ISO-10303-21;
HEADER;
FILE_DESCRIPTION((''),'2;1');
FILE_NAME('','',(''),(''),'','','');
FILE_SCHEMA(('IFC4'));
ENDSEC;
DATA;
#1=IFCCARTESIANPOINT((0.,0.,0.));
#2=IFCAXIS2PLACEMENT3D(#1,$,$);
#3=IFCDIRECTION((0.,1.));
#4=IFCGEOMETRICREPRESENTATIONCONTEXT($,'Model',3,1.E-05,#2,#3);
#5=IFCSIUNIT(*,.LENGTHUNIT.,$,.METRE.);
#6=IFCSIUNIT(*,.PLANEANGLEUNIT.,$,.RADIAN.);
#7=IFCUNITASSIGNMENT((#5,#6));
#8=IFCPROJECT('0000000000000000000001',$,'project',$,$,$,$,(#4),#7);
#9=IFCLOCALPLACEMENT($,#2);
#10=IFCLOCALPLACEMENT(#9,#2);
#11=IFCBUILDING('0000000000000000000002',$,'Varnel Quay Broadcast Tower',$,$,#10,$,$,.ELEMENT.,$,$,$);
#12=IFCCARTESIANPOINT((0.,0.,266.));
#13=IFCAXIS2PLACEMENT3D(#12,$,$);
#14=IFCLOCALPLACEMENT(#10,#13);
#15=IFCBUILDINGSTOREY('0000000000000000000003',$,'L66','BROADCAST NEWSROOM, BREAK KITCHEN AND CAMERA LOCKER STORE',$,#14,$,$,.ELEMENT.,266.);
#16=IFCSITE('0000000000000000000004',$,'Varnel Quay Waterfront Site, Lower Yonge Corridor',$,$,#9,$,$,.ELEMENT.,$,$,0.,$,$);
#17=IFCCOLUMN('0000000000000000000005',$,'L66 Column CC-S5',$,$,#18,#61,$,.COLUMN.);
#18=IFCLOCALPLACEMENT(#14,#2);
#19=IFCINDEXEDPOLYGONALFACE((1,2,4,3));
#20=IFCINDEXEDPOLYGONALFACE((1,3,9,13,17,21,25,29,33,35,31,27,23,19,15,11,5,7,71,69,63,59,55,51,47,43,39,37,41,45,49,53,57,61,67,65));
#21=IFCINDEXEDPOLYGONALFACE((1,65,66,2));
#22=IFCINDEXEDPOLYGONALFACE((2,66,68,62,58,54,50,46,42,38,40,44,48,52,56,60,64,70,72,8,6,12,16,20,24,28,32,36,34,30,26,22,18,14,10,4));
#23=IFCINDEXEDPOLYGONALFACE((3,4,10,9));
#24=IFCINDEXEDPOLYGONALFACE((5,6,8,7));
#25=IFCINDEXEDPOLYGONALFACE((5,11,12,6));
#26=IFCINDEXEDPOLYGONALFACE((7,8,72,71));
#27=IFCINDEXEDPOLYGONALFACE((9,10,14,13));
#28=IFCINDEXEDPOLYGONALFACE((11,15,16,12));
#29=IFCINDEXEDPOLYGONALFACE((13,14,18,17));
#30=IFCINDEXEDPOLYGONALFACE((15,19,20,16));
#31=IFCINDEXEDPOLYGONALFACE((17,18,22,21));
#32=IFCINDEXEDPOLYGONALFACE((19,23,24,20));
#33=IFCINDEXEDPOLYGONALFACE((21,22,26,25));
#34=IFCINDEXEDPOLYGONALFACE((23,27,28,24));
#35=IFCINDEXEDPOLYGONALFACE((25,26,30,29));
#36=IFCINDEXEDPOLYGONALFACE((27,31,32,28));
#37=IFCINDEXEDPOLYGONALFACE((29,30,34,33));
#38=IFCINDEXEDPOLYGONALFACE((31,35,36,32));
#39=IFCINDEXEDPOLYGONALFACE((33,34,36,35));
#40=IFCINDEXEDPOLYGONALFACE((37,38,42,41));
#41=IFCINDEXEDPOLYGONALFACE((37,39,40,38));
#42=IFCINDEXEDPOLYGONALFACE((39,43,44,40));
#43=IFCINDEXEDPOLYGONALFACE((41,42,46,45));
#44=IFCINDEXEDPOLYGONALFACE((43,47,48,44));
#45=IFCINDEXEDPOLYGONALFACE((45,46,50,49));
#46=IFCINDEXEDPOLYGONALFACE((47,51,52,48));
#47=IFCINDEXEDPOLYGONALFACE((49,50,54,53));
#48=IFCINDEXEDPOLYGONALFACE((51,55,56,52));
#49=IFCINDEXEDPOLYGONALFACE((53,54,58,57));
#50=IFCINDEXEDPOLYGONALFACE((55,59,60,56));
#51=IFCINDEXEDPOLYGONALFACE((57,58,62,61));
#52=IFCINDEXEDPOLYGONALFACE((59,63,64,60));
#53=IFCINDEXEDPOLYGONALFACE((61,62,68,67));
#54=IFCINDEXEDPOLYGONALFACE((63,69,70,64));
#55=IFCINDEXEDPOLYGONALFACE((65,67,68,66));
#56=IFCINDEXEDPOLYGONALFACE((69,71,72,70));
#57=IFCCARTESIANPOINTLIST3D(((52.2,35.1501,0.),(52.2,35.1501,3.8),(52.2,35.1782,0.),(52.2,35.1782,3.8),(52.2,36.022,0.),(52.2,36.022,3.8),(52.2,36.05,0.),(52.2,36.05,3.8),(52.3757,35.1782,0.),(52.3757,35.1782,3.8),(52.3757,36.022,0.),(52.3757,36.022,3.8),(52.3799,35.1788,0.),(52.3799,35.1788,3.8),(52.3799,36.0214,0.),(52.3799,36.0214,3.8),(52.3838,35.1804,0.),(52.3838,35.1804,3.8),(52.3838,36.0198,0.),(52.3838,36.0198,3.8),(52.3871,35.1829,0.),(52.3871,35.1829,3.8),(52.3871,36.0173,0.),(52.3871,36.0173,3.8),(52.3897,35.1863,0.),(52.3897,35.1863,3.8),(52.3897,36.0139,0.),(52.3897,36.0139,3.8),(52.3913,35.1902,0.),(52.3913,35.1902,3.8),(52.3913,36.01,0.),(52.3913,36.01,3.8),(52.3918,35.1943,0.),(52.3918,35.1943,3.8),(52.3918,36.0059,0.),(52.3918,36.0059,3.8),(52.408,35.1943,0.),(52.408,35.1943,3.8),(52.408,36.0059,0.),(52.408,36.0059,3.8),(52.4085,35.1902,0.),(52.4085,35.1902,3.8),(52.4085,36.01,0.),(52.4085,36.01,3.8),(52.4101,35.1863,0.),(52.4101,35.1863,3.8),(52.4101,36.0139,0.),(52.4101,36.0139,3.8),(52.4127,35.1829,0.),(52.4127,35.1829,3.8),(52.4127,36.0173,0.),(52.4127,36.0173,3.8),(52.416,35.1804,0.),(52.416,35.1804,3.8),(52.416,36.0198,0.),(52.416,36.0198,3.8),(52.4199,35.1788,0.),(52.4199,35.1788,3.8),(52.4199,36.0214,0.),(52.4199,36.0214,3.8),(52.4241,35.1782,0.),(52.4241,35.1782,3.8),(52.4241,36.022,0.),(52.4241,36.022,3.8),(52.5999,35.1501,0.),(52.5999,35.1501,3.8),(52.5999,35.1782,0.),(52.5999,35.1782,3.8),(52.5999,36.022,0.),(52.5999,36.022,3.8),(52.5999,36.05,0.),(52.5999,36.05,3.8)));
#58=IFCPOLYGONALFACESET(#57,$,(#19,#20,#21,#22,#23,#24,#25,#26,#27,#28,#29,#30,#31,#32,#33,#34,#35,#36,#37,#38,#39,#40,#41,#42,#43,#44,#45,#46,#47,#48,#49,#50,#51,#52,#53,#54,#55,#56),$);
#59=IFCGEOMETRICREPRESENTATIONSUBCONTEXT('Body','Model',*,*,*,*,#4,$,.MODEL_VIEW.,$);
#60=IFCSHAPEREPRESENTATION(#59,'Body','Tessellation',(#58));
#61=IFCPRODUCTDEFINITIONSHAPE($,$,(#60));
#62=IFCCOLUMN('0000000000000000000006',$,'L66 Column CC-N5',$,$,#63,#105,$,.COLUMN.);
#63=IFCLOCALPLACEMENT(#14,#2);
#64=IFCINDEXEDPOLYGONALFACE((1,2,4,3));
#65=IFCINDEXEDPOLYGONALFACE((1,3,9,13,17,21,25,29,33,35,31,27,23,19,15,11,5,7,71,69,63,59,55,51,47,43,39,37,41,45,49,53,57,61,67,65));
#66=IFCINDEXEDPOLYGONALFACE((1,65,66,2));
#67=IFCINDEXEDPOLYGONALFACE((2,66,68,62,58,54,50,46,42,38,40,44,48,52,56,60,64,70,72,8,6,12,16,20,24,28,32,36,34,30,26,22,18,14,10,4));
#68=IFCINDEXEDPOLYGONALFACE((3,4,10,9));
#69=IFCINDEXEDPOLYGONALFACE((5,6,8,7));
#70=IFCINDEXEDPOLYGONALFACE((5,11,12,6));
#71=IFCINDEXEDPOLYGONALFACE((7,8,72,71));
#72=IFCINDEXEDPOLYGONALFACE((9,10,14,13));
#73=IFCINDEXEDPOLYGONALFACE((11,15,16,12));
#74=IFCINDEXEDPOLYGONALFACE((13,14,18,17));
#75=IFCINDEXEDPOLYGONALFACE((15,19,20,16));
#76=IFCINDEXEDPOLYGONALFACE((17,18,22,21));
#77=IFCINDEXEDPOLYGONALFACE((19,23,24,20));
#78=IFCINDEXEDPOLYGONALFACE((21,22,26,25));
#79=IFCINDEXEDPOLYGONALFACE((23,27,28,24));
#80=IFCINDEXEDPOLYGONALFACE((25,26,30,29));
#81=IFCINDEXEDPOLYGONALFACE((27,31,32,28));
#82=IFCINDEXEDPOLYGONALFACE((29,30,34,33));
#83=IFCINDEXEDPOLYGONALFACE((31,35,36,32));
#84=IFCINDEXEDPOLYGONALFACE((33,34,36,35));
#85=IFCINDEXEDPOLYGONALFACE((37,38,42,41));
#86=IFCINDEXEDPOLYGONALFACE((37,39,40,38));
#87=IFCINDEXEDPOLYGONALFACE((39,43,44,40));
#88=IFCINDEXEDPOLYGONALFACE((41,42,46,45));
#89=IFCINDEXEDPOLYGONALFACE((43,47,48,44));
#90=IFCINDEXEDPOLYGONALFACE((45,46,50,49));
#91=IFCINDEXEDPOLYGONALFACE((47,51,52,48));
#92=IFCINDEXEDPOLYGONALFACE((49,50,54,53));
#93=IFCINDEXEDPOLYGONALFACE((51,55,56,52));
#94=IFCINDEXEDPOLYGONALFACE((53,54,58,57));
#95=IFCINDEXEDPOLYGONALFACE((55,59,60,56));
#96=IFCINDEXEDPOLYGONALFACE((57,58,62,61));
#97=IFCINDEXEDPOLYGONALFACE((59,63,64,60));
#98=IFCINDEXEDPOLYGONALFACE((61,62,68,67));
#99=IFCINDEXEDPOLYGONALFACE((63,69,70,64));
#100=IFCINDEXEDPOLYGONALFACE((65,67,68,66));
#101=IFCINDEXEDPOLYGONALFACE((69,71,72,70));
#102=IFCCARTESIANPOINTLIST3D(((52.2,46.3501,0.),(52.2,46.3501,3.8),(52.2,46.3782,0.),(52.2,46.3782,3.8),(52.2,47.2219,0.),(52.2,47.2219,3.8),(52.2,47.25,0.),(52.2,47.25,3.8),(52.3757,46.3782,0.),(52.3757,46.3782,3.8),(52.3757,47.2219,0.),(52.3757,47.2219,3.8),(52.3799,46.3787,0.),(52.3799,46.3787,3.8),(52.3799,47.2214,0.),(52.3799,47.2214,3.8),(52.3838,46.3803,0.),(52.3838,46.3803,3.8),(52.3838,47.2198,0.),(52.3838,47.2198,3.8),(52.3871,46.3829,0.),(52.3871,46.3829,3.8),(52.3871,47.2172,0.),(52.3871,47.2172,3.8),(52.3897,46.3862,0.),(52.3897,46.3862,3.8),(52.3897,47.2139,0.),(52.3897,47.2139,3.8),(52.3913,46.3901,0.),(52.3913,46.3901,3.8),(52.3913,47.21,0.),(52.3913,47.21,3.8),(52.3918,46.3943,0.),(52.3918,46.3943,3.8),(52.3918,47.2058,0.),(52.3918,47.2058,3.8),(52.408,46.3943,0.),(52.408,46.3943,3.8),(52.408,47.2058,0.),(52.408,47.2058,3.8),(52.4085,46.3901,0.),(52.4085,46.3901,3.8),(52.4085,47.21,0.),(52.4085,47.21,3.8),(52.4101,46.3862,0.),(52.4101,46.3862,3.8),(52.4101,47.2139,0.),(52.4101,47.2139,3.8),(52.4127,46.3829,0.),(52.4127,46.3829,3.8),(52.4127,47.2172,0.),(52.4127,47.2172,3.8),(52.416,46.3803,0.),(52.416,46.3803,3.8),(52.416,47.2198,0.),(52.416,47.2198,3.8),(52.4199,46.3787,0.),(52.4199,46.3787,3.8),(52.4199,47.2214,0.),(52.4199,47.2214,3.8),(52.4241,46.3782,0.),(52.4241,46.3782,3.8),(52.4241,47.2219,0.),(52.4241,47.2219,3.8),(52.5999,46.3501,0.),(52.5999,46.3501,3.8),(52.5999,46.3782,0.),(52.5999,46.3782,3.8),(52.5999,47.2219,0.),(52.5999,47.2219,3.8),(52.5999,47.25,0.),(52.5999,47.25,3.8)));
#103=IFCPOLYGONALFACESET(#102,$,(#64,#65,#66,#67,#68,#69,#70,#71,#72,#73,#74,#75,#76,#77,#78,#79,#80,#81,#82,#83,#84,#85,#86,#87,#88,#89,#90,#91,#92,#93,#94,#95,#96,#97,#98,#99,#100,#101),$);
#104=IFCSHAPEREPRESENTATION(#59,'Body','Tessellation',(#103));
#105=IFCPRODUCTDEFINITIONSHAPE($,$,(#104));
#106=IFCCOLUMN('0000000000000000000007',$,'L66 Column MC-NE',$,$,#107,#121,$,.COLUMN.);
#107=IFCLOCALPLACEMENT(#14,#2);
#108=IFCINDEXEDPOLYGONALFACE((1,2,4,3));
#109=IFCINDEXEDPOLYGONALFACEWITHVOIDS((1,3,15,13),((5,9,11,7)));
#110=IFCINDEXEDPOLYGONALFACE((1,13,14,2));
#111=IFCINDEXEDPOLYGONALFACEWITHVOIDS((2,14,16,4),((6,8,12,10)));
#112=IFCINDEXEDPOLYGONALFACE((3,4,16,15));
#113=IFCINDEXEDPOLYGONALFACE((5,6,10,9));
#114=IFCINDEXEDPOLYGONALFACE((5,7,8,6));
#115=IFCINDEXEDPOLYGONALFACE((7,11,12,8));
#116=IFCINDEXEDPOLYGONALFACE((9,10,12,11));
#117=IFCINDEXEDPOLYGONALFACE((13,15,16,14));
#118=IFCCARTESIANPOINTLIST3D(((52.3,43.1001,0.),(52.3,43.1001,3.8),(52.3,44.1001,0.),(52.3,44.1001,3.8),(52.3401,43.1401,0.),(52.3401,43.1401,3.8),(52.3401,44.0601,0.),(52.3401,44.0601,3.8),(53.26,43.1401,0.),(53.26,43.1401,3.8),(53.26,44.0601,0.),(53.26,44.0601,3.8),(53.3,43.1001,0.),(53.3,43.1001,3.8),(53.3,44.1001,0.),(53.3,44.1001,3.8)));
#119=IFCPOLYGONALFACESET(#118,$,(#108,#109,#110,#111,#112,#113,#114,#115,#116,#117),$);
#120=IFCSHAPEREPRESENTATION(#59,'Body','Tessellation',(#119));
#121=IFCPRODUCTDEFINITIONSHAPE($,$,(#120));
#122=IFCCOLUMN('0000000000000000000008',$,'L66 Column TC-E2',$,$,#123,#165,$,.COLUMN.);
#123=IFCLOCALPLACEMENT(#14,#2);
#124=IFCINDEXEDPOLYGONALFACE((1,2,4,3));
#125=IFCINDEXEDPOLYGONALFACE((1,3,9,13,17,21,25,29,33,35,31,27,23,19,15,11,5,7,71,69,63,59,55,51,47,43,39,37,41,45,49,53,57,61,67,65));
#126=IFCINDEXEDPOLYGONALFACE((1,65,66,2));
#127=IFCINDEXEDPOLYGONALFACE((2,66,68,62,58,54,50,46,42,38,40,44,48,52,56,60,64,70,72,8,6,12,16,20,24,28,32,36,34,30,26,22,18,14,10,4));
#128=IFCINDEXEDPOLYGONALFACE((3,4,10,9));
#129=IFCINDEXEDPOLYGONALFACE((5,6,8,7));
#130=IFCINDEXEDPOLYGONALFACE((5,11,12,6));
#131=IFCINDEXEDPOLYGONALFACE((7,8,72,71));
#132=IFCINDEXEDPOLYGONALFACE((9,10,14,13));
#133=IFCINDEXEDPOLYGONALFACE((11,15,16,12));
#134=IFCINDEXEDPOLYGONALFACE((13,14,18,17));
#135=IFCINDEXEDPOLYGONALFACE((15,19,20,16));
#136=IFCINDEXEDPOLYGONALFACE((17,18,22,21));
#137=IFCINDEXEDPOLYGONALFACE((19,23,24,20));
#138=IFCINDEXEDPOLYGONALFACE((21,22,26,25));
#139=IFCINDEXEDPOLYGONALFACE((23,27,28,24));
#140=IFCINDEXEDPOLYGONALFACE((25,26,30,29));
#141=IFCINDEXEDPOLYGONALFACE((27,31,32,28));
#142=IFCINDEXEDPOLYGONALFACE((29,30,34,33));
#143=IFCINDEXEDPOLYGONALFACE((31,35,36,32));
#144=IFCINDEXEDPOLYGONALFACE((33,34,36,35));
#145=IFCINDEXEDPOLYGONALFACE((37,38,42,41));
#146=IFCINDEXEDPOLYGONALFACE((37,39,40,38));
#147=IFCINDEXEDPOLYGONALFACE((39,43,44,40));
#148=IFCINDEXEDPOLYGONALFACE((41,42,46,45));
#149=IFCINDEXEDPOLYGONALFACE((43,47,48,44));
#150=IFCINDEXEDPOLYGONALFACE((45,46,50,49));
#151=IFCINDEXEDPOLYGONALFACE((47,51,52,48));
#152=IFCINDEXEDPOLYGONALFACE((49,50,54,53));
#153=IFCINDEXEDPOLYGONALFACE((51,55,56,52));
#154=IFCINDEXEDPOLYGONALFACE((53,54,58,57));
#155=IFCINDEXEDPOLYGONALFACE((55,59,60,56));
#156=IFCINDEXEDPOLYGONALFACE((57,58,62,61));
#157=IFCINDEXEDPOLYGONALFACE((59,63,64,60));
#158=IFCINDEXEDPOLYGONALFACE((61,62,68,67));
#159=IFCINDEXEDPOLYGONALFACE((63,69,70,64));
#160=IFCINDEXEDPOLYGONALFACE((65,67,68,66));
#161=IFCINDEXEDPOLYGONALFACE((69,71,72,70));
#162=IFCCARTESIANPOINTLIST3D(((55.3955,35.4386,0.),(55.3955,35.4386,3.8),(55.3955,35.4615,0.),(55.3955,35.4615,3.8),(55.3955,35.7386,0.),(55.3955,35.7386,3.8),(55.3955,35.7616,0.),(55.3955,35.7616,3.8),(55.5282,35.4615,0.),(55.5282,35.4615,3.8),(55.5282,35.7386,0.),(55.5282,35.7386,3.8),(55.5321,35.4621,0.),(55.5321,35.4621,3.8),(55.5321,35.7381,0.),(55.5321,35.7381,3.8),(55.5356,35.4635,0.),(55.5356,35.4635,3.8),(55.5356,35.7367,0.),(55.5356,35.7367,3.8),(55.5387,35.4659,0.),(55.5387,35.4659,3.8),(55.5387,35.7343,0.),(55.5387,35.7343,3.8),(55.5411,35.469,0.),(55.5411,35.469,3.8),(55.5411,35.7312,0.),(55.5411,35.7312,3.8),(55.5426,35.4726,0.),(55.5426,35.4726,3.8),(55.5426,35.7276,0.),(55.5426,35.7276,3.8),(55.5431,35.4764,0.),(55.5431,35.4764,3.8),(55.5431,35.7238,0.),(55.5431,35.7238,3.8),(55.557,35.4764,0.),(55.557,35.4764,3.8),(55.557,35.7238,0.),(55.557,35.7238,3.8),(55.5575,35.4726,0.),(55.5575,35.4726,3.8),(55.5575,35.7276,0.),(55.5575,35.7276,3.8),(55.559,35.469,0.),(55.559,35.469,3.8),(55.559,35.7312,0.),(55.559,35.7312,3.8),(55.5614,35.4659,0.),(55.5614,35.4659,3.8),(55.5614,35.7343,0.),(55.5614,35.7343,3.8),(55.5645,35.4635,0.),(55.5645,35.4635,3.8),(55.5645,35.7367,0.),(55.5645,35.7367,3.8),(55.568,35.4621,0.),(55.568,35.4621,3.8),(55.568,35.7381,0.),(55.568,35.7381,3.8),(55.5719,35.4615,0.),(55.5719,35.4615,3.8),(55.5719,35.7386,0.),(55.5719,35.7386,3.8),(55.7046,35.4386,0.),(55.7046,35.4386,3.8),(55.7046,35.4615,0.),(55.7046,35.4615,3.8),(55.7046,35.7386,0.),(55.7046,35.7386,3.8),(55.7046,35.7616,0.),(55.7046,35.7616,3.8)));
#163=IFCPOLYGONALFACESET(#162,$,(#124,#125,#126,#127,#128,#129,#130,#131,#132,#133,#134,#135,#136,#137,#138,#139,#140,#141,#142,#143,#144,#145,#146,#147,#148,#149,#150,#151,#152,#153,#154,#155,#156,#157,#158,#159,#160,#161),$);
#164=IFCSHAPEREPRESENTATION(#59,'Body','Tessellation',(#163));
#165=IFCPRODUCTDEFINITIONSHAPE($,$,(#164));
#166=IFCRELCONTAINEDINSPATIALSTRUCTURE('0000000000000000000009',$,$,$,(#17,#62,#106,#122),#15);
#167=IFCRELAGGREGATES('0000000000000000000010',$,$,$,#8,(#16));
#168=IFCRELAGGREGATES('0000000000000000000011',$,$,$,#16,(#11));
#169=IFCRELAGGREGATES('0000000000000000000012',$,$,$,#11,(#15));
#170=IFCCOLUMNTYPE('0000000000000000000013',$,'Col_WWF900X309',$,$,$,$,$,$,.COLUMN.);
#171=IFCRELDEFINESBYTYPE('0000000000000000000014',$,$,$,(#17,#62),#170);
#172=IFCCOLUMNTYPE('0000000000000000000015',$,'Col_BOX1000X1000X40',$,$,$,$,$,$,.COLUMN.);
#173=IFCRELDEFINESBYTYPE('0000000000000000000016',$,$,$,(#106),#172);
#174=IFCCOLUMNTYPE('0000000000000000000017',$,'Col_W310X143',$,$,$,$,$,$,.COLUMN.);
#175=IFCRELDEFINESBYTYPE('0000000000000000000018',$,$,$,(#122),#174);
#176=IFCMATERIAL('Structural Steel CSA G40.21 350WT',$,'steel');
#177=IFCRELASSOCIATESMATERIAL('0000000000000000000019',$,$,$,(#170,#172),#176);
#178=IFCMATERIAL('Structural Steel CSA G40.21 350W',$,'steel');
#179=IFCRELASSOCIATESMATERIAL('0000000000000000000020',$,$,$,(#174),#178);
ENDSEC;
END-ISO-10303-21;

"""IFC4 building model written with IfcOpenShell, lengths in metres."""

from ifc_helpers import new_model, si_unit, direction, frame, origin, origin_2d, place, context, subcontext, project, spatial, hollow_rectangle, i_section, extrude, source, transform, mapped, material, material_profile, profile_set, type_object, type_shapes, element, save


model = new_model("IFC4")

# Units and contexts
model_context = context("Model", 3, precision=1e-05, world=origin(), true_north=direction((0.0, 1.0)))
body_context = subcontext(model_context, "Body", "Model", "MODEL_VIEW")
ifc_project = project(units=[si_unit("LENGTHUNIT", "METRE"), si_unit("PLANEANGLEUNIT", "RADIAN")], contexts=[model_context])

# Site, building, storey
site_placement = place(None, origin())
site = spatial("IfcSite", under=ifc_project, at=site_placement, Name="Varnel Quay Waterfront Site, Lower Yonge Corridor", CompositionType="ELEMENT", RefElevation=0.0)
building_placement = place(site_placement, origin())
building = spatial("IfcBuilding", under=site, at=building_placement, Name="Varnel Quay Broadcast Tower", CompositionType="ELEMENT")
storey_placement = place(building_placement, frame((0.0, 0.0, 266.0)))
storey = spatial("IfcBuildingStorey", under=building, at=storey_placement, Name="L66", Description="BROADCAST NEWSROOM, BREAK KITCHEN AND CAMERA LOCKER STORE", CompositionType="ELEMENT", Elevation=266.0)

# Columns
ifc_material_1 = material(Name="Structural Steel CSA G40.21 350WT", Category="steel")
ifc_material_profile_1 = material_profile(ifc_material_1, i_section(OverallWidth=0.3999, OverallDepth=0.8999, WebThickness=0.0161, FlangeThickness=0.0281, FilletRadius=0.0161, at=origin_2d()), Name="WWF900X309")
ifc_profile_set_1 = profile_set([ifc_material_profile_1], Name="Structural Steel CSA G40.21 350WT")
column_type_1 = type_object("IfcColumnType", Name="Col_WWF900X309", PredefinedType="COLUMN", material=ifc_profile_set_1)
shared_shape_1 = source(origin(), body_context, "Body", "SweptSolid", [
    extrude(i_section(OverallWidth=0.3999, OverallDepth=0.8999, WebThickness=0.0161, FlangeThickness=0.0281, FilletRadius=0.0161, at=origin_2d()), origin(), (0.0, 0.0, 1.0), 3.8),
])
type_shapes(column_type_1, [shared_shape_1])
for number, where, z_axis, x_axis, name in (
    (1, (52.3999, 35.6001, 0.0), (0.0, 0.0, 1.0), (1.0, 0.0, 0.0), "L66 Column CC-S5"),
    (2, (52.3999, 46.8, 0.0), (0.0, 0.0, 1.0), (1.0, 0.0, 0.0), "L66 Column CC-N5"),
):
    element("IfcColumn", number, at=place(storey_placement, frame(where, z_axis=z_axis, x_axis=x_axis)), inside=storey, type_object=column_type_1, Name=name, PredefinedType="COLUMN", context=body_context, shape_type="MappedRepresentation", body=[
        mapped(shared_shape_1, transform((0.0, 0.0, 0.0), x_axis=(1.0, 0.0, 0.0), y_axis=(0.0, 1.0, 0.0), z_axis=(0.0, 0.0, 1.0), scale=1.0)),
    ])
ifc_material_profile_2 = material_profile(ifc_material_1, hollow_rectangle(XDim=1.0, YDim=1.0, WallThickness=0.04, at=origin_2d()), Name="BOX1000X1000X40")
ifc_profile_set_2 = profile_set([ifc_material_profile_2], Name="Structural Steel CSA G40.21 350WT")
column_type_2 = type_object("IfcColumnType", Name="Col_BOX1000X1000X40", PredefinedType="COLUMN", material=ifc_profile_set_2)
shared_shape_2 = source(origin(), body_context, "Body", "SweptSolid", [
    extrude(hollow_rectangle(XDim=1.0, YDim=1.0, WallThickness=0.04, at=origin_2d()), origin(), (0.0, 0.0, 1.0), 3.8),
])
type_shapes(column_type_2, [shared_shape_2])
column_1_placement = place(storey_placement, frame((52.8, 43.6001, 0.0), z_axis=(0.0, 0.0, 1.0), x_axis=(1.0, 0.0, 0.0)))
element("IfcColumn", 3, at=column_1_placement, inside=storey, type_object=column_type_2, Name="L66 Column MC-NE", PredefinedType="COLUMN", context=body_context, shape_type="MappedRepresentation", body=[
    mapped(shared_shape_2, transform((0.0, 0.0, 0.0), x_axis=(1.0, 0.0, 0.0), y_axis=(0.0, 1.0, 0.0), z_axis=(0.0, 0.0, 1.0), scale=1.0)),
])
ifc_material_2 = material(Name="Structural Steel CSA G40.21 350W", Category="steel")
ifc_material_profile_3 = material_profile(ifc_material_2, i_section(OverallWidth=0.3091, OverallDepth=0.323, WebThickness=0.0139, FlangeThickness=0.0229, FilletRadius=0.0149, at=origin_2d()), Name="W310X143")
ifc_profile_set_3 = profile_set([ifc_material_profile_3], Name="Structural Steel CSA G40.21 350W")
column_type_3 = type_object("IfcColumnType", Name="Col_W310X143", PredefinedType="COLUMN", material=ifc_profile_set_3)
shared_shape_3 = source(origin(), body_context, "Body", "SweptSolid", [
    extrude(i_section(OverallWidth=0.3091, OverallDepth=0.323, WebThickness=0.0139, FlangeThickness=0.0229, FilletRadius=0.0149, at=origin_2d()), origin(), (0.0, 0.0, 1.0), 3.8),
])
type_shapes(column_type_3, [shared_shape_3])
column_2_placement = place(storey_placement, frame((55.55, 35.6001, 0.0), z_axis=(0.0, 0.0, 1.0), x_axis=(1.0, 0.0, 0.0)))
element("IfcColumn", 4, at=column_2_placement, inside=storey, type_object=column_type_3, Name="L66 Column TC-E2", PredefinedType="COLUMN", context=body_context, shape_type="MappedRepresentation", body=[
    mapped(shared_shape_3, transform((0.0, 0.0, 0.0), x_axis=(1.0, 0.0, 0.0), y_axis=(0.0, 1.0, 0.0), z_axis=(0.0, 0.0, 1.0), scale=1.0)),
])

save(model, "model.ifc")
